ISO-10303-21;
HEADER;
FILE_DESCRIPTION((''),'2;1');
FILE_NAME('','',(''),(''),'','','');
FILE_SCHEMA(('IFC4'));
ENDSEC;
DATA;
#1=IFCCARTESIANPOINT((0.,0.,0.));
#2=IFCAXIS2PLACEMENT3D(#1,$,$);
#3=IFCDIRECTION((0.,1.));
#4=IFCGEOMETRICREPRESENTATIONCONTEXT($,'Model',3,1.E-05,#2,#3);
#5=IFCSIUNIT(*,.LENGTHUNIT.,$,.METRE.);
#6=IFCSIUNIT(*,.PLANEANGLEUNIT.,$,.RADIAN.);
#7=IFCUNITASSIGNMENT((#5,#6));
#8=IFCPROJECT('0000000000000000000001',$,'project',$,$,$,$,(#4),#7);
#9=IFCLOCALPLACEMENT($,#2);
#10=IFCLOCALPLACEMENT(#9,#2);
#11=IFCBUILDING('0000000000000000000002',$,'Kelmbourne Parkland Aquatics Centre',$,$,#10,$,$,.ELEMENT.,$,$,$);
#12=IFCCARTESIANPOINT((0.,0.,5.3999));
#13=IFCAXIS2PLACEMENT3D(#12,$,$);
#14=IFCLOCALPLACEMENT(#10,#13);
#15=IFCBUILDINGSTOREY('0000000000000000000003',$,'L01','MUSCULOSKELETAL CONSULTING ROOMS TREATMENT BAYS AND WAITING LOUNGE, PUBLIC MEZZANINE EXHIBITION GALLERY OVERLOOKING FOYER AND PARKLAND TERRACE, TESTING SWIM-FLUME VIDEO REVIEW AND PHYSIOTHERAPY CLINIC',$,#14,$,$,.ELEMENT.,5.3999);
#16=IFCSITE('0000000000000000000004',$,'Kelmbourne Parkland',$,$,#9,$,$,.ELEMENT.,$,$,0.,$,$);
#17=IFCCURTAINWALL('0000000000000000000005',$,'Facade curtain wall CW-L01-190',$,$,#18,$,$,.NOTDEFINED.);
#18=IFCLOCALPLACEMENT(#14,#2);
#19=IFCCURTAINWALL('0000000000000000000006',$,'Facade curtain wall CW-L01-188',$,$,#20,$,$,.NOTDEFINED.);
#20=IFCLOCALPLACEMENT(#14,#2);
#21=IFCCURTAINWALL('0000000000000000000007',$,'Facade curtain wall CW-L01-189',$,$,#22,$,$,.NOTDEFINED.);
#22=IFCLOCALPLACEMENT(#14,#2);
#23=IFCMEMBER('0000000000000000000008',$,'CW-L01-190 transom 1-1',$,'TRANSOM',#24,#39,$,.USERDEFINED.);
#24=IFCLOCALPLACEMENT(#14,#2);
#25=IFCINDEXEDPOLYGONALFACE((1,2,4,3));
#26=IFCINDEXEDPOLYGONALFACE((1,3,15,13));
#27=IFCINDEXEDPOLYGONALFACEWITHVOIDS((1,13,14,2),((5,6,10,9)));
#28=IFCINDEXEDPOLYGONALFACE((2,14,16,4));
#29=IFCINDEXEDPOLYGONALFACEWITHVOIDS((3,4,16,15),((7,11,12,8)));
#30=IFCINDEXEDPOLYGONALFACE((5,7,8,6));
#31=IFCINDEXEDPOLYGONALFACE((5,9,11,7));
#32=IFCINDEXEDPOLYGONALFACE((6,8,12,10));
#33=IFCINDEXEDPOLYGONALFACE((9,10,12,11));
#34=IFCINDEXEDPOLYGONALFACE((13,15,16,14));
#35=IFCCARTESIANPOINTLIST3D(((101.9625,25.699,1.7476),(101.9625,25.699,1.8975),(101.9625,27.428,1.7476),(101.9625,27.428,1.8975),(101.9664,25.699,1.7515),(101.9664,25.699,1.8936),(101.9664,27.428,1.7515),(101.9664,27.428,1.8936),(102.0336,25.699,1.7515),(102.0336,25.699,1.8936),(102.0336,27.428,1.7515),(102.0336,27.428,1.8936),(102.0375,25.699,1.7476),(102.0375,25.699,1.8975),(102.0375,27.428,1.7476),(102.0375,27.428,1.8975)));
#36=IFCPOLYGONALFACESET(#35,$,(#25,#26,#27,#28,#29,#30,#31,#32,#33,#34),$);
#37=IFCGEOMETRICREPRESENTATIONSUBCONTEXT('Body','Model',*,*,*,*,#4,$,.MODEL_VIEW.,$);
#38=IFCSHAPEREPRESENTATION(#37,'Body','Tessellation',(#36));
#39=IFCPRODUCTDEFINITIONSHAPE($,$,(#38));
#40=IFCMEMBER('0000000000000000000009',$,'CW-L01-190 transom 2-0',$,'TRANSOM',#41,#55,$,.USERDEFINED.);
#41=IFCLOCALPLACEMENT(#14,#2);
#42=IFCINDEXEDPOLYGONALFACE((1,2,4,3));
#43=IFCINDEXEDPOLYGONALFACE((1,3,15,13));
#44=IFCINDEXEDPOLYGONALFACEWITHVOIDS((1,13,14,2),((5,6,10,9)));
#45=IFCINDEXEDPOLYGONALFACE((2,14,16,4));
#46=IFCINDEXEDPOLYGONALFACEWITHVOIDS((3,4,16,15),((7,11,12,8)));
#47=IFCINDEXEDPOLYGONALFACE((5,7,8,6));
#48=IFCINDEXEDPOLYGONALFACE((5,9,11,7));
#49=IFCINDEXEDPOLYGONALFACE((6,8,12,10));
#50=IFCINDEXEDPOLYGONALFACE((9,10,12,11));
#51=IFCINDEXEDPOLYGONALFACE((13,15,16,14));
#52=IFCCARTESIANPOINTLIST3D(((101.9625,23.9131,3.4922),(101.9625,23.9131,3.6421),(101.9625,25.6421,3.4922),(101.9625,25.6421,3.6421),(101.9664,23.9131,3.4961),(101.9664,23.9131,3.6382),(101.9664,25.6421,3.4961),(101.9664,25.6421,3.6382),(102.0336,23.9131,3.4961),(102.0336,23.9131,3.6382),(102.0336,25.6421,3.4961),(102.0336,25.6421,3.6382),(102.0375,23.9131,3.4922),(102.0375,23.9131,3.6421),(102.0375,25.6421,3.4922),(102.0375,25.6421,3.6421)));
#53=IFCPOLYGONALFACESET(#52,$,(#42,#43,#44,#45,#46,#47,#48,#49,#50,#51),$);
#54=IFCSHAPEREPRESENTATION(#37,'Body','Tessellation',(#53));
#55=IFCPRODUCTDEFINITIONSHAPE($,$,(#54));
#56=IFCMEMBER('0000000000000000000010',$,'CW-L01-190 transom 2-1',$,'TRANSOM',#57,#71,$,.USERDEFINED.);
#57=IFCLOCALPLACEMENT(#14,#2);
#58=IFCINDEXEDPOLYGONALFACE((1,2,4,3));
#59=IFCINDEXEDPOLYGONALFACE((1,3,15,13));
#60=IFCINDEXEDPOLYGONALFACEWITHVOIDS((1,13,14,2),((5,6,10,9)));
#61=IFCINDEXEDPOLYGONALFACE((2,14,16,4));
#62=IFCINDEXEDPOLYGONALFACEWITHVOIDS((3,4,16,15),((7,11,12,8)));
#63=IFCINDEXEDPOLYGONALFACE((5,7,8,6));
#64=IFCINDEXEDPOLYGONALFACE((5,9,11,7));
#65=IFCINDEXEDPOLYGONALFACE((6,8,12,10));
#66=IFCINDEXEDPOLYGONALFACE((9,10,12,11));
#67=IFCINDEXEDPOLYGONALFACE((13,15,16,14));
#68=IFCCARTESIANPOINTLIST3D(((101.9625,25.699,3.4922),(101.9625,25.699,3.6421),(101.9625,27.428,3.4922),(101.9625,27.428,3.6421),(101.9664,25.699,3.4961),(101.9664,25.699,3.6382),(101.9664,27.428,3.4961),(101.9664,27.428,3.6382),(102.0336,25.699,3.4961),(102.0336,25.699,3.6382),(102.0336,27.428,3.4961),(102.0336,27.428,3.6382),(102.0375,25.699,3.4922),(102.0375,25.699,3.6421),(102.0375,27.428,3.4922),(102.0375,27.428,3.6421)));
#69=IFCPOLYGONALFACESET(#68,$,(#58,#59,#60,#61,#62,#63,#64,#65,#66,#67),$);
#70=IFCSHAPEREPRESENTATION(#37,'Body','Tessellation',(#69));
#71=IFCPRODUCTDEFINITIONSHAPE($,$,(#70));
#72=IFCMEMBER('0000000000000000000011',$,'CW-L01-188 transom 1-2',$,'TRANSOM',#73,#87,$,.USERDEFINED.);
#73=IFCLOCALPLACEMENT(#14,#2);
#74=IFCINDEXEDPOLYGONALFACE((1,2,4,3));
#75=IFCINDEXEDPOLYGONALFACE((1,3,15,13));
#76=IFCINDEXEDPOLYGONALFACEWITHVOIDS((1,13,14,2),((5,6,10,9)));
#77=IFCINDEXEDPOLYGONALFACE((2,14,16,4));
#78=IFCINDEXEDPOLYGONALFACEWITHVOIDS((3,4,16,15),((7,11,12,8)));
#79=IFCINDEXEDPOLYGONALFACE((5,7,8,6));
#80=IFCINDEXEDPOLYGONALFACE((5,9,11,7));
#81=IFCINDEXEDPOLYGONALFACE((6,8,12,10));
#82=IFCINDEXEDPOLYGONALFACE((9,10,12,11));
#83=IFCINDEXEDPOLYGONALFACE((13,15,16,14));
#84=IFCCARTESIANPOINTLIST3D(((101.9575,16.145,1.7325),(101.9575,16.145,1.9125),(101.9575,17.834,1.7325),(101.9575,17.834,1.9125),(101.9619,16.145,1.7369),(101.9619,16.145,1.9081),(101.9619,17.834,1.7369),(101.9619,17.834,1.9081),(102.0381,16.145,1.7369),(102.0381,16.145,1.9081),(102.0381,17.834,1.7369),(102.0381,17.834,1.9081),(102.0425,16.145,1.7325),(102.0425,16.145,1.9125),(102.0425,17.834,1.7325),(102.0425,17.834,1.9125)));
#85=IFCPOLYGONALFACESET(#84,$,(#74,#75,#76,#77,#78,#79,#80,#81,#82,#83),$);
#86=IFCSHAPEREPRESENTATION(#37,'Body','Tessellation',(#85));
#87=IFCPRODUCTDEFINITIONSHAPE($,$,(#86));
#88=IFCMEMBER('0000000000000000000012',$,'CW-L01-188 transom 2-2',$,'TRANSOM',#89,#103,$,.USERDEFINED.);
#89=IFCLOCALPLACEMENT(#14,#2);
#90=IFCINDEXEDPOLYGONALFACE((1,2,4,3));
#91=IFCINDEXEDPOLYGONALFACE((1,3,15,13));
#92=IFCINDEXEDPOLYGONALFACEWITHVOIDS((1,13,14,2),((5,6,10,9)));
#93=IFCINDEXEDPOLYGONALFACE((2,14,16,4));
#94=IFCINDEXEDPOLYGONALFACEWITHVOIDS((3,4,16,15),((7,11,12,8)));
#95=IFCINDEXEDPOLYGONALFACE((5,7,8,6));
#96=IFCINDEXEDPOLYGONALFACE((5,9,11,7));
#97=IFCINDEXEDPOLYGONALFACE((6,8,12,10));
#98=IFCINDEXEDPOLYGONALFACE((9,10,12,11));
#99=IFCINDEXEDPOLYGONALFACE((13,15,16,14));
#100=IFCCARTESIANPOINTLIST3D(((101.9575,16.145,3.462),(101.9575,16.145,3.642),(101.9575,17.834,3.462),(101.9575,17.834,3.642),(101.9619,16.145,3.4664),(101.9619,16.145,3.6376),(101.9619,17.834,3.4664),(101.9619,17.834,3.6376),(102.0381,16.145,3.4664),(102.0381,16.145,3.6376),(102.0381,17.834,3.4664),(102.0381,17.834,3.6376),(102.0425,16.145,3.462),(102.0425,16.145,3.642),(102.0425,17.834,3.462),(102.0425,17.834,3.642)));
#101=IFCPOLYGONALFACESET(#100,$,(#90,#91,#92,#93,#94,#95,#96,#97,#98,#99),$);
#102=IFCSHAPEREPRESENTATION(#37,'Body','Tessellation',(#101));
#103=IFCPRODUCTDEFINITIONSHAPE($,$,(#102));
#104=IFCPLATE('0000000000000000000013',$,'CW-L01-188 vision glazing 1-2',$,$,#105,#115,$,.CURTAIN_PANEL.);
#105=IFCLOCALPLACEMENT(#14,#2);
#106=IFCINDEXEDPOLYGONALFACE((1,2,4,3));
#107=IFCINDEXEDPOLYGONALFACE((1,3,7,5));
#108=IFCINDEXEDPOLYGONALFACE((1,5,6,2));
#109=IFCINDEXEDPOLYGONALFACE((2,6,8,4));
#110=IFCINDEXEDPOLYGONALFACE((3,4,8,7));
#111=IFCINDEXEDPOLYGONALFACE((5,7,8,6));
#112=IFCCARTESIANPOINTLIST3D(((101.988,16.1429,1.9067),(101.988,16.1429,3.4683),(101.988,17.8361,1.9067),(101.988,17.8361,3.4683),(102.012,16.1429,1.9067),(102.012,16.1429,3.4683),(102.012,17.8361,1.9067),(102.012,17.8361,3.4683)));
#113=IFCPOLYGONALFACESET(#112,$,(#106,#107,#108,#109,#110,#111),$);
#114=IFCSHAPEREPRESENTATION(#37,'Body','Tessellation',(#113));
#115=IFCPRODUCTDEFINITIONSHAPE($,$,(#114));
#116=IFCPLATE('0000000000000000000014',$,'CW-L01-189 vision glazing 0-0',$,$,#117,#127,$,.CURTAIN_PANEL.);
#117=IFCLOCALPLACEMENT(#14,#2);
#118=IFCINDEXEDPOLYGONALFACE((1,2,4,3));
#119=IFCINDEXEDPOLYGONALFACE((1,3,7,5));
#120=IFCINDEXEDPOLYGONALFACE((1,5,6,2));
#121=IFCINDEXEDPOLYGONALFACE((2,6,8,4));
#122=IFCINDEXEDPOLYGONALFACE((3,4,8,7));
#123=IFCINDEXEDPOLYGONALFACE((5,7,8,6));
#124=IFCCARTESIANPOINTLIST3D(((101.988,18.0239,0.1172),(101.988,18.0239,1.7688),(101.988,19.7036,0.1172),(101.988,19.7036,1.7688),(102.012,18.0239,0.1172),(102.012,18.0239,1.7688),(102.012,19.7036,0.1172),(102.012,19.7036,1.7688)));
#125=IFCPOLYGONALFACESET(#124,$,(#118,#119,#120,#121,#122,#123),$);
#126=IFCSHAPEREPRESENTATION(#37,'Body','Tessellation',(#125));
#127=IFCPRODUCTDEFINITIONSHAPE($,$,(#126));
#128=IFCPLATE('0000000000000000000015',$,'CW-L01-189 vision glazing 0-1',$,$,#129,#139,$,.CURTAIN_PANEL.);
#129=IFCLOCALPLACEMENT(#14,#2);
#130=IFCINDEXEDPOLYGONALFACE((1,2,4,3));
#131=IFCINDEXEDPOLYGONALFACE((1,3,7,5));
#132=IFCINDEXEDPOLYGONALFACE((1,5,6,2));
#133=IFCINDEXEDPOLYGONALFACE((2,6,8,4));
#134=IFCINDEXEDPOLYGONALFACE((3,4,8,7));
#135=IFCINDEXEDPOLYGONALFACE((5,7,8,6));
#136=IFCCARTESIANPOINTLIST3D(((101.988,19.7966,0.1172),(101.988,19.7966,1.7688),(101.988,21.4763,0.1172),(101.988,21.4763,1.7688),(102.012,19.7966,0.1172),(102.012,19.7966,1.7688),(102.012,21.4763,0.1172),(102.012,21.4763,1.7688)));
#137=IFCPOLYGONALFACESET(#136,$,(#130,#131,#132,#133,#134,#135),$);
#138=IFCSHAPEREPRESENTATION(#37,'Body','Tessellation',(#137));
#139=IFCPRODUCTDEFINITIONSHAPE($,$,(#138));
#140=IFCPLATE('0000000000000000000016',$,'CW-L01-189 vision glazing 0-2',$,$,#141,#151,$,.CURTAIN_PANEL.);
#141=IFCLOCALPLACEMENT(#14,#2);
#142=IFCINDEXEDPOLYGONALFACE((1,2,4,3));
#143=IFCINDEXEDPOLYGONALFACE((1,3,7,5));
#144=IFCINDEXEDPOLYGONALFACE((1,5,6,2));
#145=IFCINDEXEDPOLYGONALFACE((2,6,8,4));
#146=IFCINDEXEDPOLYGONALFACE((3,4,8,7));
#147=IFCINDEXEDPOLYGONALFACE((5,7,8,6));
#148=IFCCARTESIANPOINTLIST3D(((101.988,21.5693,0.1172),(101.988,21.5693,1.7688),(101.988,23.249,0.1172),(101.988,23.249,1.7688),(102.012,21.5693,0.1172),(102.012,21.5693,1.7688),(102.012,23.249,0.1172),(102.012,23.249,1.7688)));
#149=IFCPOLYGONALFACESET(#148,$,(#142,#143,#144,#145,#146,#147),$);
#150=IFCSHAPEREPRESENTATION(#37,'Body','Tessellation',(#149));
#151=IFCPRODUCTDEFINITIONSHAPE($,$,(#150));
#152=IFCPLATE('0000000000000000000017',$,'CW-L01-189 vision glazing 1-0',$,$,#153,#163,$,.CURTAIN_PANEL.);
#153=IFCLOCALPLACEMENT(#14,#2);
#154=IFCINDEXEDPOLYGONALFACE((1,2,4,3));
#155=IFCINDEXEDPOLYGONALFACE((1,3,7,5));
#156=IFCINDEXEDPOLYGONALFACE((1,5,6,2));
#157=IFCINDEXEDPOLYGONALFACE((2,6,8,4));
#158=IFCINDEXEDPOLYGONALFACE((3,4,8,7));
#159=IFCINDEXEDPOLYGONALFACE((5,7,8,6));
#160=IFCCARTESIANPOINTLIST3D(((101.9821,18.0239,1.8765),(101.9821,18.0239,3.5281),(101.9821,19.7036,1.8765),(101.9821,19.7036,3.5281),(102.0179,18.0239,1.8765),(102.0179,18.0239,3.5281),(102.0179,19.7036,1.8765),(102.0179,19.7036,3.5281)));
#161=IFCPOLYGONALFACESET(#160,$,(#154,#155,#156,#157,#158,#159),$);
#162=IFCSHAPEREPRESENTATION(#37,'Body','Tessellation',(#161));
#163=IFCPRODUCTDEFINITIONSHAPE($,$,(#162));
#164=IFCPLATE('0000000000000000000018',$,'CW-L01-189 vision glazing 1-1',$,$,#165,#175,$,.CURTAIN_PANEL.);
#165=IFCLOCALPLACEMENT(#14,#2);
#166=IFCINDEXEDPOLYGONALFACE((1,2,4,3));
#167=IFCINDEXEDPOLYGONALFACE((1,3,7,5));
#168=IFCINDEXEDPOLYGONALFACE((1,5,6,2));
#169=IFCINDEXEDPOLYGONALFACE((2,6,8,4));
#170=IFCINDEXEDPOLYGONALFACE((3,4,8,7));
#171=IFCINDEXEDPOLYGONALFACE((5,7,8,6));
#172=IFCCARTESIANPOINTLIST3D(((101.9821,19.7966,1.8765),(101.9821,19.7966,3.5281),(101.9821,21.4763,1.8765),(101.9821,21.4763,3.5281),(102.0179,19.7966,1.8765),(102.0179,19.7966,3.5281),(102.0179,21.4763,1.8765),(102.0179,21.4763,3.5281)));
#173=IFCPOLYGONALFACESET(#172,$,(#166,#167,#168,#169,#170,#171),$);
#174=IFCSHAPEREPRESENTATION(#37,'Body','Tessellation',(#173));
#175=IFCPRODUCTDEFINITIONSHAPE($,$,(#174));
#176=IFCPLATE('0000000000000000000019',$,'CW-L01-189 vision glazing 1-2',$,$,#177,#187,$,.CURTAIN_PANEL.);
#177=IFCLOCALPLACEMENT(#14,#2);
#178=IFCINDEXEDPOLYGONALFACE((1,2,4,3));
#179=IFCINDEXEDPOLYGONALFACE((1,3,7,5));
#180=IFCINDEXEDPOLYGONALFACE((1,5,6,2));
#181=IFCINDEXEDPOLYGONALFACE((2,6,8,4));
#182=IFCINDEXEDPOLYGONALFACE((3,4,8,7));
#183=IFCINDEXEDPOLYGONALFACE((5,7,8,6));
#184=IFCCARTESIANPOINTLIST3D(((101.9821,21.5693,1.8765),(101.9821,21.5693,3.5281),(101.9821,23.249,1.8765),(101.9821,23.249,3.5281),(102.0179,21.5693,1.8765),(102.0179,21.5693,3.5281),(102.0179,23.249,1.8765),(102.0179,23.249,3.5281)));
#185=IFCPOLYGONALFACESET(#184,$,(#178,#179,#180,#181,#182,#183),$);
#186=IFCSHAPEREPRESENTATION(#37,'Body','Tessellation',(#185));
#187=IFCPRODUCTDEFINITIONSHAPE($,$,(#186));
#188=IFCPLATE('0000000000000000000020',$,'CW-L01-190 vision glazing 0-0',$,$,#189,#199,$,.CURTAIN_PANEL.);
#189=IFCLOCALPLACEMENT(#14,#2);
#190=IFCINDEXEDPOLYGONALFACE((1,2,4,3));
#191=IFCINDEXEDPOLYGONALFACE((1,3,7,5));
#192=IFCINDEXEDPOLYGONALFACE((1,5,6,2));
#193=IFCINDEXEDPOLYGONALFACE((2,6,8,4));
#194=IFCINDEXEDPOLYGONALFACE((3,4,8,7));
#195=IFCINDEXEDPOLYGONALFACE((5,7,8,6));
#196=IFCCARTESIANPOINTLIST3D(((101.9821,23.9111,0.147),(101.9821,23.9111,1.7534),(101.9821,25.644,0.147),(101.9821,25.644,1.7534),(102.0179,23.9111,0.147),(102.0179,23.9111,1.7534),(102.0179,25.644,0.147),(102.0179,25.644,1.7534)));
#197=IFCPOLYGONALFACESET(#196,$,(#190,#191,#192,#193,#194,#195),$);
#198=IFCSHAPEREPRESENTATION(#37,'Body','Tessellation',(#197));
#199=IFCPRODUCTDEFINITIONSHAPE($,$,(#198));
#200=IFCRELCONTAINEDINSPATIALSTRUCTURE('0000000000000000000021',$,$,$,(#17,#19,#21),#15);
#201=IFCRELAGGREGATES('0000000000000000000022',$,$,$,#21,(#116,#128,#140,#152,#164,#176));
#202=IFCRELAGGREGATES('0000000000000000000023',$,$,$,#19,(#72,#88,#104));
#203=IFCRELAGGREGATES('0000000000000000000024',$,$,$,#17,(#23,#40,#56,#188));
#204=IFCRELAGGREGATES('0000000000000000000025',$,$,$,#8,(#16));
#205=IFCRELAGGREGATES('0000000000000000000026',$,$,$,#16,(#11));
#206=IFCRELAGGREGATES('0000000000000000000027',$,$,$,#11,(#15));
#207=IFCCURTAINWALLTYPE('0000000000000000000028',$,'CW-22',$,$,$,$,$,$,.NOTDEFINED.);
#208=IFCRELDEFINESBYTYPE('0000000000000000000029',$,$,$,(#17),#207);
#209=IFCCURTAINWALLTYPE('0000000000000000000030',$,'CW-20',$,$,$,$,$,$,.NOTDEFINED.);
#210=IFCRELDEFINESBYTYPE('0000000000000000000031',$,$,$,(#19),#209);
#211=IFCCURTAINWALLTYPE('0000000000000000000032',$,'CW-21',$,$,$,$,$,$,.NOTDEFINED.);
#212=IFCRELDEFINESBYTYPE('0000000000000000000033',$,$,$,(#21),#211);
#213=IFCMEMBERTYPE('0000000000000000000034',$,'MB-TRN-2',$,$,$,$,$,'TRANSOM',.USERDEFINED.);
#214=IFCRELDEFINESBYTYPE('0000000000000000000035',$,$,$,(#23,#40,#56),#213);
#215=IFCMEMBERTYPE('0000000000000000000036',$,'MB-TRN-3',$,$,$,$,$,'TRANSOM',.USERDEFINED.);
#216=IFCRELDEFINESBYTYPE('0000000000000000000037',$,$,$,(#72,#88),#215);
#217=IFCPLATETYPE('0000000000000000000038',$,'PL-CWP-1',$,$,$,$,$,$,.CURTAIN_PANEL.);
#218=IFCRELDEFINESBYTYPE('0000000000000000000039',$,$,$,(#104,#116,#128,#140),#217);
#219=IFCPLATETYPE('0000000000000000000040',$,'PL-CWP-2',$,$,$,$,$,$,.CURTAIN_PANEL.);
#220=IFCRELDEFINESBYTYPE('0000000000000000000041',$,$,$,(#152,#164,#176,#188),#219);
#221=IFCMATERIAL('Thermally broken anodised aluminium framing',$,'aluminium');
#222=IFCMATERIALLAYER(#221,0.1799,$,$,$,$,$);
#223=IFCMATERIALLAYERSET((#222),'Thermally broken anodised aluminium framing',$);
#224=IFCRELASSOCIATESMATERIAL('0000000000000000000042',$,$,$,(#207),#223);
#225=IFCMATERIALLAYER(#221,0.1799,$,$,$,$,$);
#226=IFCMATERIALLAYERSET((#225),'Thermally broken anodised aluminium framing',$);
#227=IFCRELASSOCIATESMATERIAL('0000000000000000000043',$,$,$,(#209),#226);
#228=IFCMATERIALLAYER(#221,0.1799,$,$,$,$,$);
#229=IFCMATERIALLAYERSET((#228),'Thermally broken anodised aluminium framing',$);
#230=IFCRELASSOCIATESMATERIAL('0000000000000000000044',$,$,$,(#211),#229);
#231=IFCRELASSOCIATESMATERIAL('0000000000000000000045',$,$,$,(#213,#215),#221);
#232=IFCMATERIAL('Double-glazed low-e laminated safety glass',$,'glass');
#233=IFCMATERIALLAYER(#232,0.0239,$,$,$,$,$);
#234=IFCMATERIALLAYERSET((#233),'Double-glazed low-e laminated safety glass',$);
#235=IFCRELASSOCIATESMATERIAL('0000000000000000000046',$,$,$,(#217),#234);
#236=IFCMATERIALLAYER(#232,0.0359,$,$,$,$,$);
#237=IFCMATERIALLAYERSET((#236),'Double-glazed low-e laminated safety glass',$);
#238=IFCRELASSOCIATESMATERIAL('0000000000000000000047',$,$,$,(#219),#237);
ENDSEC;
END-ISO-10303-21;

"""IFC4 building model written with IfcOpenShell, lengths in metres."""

from ifc_helpers import new_model, si_unit, direction, frame, origin, origin_2d, place, context, subcontext, project, spatial, rectangle, hollow_rectangle, extrude, material, layer, layer_set, material_profile, profile_set, type_object, element, aggregate, save


model = new_model("IFC4")

# Units and contexts
model_context = context("Model", 3, precision=1e-05, world=origin(), true_north=direction((0.0, 1.0)))
body_context = subcontext(model_context, "Body", "Model", "MODEL_VIEW")
ifc_project = project(units=[si_unit("LENGTHUNIT", "METRE"), si_unit("PLANEANGLEUNIT", "RADIAN")], contexts=[model_context])

# Site, building, storey
site_placement = place(None, origin())
site = spatial("IfcSite", under=ifc_project, at=site_placement, Name="Kelmbourne Parkland", CompositionType="ELEMENT", RefElevation=0.0)
building_placement = place(site_placement, origin())
building = spatial("IfcBuilding", under=site, at=building_placement, Name="Kelmbourne Parkland Aquatics Centre", CompositionType="ELEMENT")
storey_placement = place(building_placement, frame((0.0, 0.0, 5.3999)))
storey = spatial("IfcBuildingStorey", under=building, at=storey_placement, Name="L01", Description="MUSCULOSKELETAL CONSULTING ROOMS TREATMENT BAYS AND WAITING LOUNGE, PUBLIC MEZZANINE EXHIBITION GALLERY OVERLOOKING FOYER AND PARKLAND TERRACE, TESTING SWIM-FLUME VIDEO REVIEW AND PHYSIOTHERAPY CLINIC", CompositionType="ELEMENT", Elevation=5.3999)

# Curtain wall
ifc_material_1 = material(Name="Thermally broken anodised aluminium framing", Category="aluminium")
ifc_layer_1 = layer(ifc_material_1, 0.1799)
ifc_layer_set_1 = layer_set([ifc_layer_1], Name="Thermally broken anodised aluminium framing")
curtain_wall_type_1 = type_object("IfcCurtainWallType", Name="CW-22", PredefinedType="NOTDEFINED", material=ifc_layer_set_1)
curtain_wall_1_placement = place(storey_placement, origin())
curtain_wall_1 = element("IfcCurtainWall", 1, at=curtain_wall_1_placement, inside=storey, type_object=curtain_wall_type_1, Name="Facade curtain wall CW-L01-190", PredefinedType="NOTDEFINED")

# Curtain wall
ifc_layer_2 = layer(ifc_material_1, 0.1799)
ifc_layer_set_2 = layer_set([ifc_layer_2], Name="Thermally broken anodised aluminium framing")
curtain_wall_type_2 = type_object("IfcCurtainWallType", Name="CW-20", PredefinedType="NOTDEFINED", material=ifc_layer_set_2)
curtain_wall_2_placement = place(storey_placement, origin())
curtain_wall_2 = element("IfcCurtainWall", 2, at=curtain_wall_2_placement, inside=storey, type_object=curtain_wall_type_2, Name="Facade curtain wall CW-L01-188", PredefinedType="NOTDEFINED")

# Curtain wall
ifc_layer_3 = layer(ifc_material_1, 0.1799)
ifc_layer_set_3 = layer_set([ifc_layer_3], Name="Thermally broken anodised aluminium framing")
curtain_wall_type_3 = type_object("IfcCurtainWallType", Name="CW-21", PredefinedType="NOTDEFINED", material=ifc_layer_set_3)
curtain_wall_3_placement = place(storey_placement, origin())
curtain_wall_3 = element("IfcCurtainWall", 3, at=curtain_wall_3_placement, inside=storey, type_object=curtain_wall_type_3, Name="Facade curtain wall CW-L01-189", PredefinedType="NOTDEFINED")

# Members
ifc_material_profile_1 = material_profile(ifc_material_1, hollow_rectangle(XDim=0.075, YDim=0.1499, WallThickness=0.0039, at=origin_2d()), Name="CW-T 75x150")
ifc_profile_set_1 = profile_set([ifc_material_profile_1], Name="Thermally broken anodised aluminium framing")
member_type_1 = type_object("IfcMemberType", Name="MB-TRN-2", ElementType="TRANSOM", PredefinedType="USERDEFINED", material=ifc_profile_set_1)
member_1_placement = place(storey_placement, frame((102.0, 25.699, 1.8225), z_axis=(0.0, 1.0, 0.0), x_axis=(-1.0, 0.0, 0.0)))
member_1 = element("IfcMember", 4, at=member_1_placement, type_object=member_type_1, Name="CW-L01-190 transom 1-1", ObjectType="TRANSOM", PredefinedType="USERDEFINED", context=body_context, shape_type="SweptSolid", body=[
    extrude(hollow_rectangle(XDim=0.075, YDim=0.1499, WallThickness=0.0039, at=origin_2d()), origin(), (0.0, 0.0, 1.0), 1.729),
])
member_2_placement = place(storey_placement, frame((102.0, 23.9131, 3.5671), z_axis=(0.0, 1.0, 0.0), x_axis=(-1.0, 0.0, 0.0)))
member_2 = element("IfcMember", 5, at=member_2_placement, type_object=member_type_1, Name="CW-L01-190 transom 2-0", ObjectType="TRANSOM", PredefinedType="USERDEFINED", context=body_context, shape_type="SweptSolid", body=[
    extrude(hollow_rectangle(XDim=0.075, YDim=0.1499, WallThickness=0.0039, at=origin_2d()), origin(), (0.0, 0.0, 1.0), 1.729),
])
member_3_placement = place(storey_placement, frame((102.0, 25.699, 3.5671), z_axis=(0.0, 1.0, 0.0), x_axis=(-1.0, 0.0, 0.0)))
member_3 = element("IfcMember", 6, at=member_3_placement, type_object=member_type_1, Name="CW-L01-190 transom 2-1", ObjectType="TRANSOM", PredefinedType="USERDEFINED", context=body_context, shape_type="SweptSolid", body=[
    extrude(hollow_rectangle(XDim=0.075, YDim=0.1499, WallThickness=0.0039, at=origin_2d()), origin(), (0.0, 0.0, 1.0), 1.729),
])
ifc_material_profile_2 = material_profile(ifc_material_1, hollow_rectangle(XDim=0.085, YDim=0.1799, WallThickness=0.0044, at=origin_2d()), Name="CW-T 85x180")
ifc_profile_set_2 = profile_set([ifc_material_profile_2], Name="Thermally broken anodised aluminium framing")
member_type_2 = type_object("IfcMemberType", Name="MB-TRN-3", ElementType="TRANSOM", PredefinedType="USERDEFINED", material=ifc_profile_set_2)
member_4_placement = place(storey_placement, frame((102.0, 16.145, 1.8225), z_axis=(0.0, 1.0, 0.0), x_axis=(-1.0, 0.0, 0.0)))
member_4 = element("IfcMember", 7, at=member_4_placement, type_object=member_type_2, Name="CW-L01-188 transom 1-2", ObjectType="TRANSOM", PredefinedType="USERDEFINED", context=body_context, shape_type="SweptSolid", body=[
    extrude(hollow_rectangle(XDim=0.085, YDim=0.1799, WallThickness=0.0044, at=origin_2d()), origin(), (0.0, 0.0, 1.0), 1.689),
])
member_5_placement = place(storey_placement, frame((102.0, 16.145, 3.552), z_axis=(0.0, 1.0, 0.0), x_axis=(-1.0, 0.0, 0.0)))
member_5 = element("IfcMember", 8, at=member_5_placement, type_object=member_type_2, Name="CW-L01-188 transom 2-2", ObjectType="TRANSOM", PredefinedType="USERDEFINED", context=body_context, shape_type="SweptSolid", body=[
    extrude(hollow_rectangle(XDim=0.085, YDim=0.1799, WallThickness=0.0044, at=origin_2d()), origin(), (0.0, 0.0, 1.0), 1.689),
])

# Plates
ifc_material_2 = material(Name="Double-glazed low-e laminated safety glass", Category="glass")
ifc_layer_4 = layer(ifc_material_2, 0.0239)
ifc_layer_set_4 = layer_set([ifc_layer_4], Name="Double-glazed low-e laminated safety glass")
plate_type_1 = type_object("IfcPlateType", Name="PL-CWP-1", PredefinedType="CURTAIN_PANEL", material=ifc_layer_set_4)
plate_1_placement = place(storey_placement, frame((102.0, 16.9895, 1.9067), z_axis=(0.0, 0.0, 1.0), x_axis=(0.0, 1.0, 0.0)))
plate_1 = element("IfcPlate", 9, at=plate_1_placement, type_object=plate_type_1, Name="CW-L01-188 vision glazing 1-2", PredefinedType="CURTAIN_PANEL", context=body_context, shape_type="SweptSolid", body=[
    extrude(rectangle(XDim=1.6931, YDim=0.0239, at=origin_2d()), origin(), (0.0, 0.0, 1.0), 1.5615),
])
plate_2_placement = place(storey_placement, frame((102.0, 18.8638, 0.1172), z_axis=(0.0, 0.0, 1.0), x_axis=(0.0, 1.0, 0.0)))
plate_2 = element("IfcPlate", 10, at=plate_2_placement, type_object=plate_type_1, Name="CW-L01-189 vision glazing 0-0", PredefinedType="CURTAIN_PANEL", context=body_context, shape_type="SweptSolid", body=[
    extrude(rectangle(XDim=1.6797, YDim=0.0239, at=origin_2d()), origin(), (0.0, 0.0, 1.0), 1.6516),
])
plate_3_placement = place(storey_placement, frame((102.0, 20.6365, 0.1172), z_axis=(0.0, 0.0, 1.0), x_axis=(0.0, 1.0, 0.0)))
plate_3 = element("IfcPlate", 11, at=plate_3_placement, type_object=plate_type_1, Name="CW-L01-189 vision glazing 0-1", PredefinedType="CURTAIN_PANEL", context=body_context, shape_type="SweptSolid", body=[
    extrude(rectangle(XDim=1.6797, YDim=0.0239, at=origin_2d()), origin(), (0.0, 0.0, 1.0), 1.6516),
])
plate_4_placement = place(storey_placement, frame((102.0, 22.4092, 0.1172), z_axis=(0.0, 0.0, 1.0), x_axis=(0.0, 1.0, 0.0)))
plate_4 = element("IfcPlate", 12, at=plate_4_placement, type_object=plate_type_1, Name="CW-L01-189 vision glazing 0-2", PredefinedType="CURTAIN_PANEL", context=body_context, shape_type="SweptSolid", body=[
    extrude(rectangle(XDim=1.6797, YDim=0.0239, at=origin_2d()), origin(), (0.0, 0.0, 1.0), 1.6516),
])
ifc_layer_5 = layer(ifc_material_2, 0.0359)
ifc_layer_set_5 = layer_set([ifc_layer_5], Name="Double-glazed low-e laminated safety glass")
plate_type_2 = type_object("IfcPlateType", Name="PL-CWP-2", PredefinedType="CURTAIN_PANEL", material=ifc_layer_set_5)
plate_5_placement = place(storey_placement, frame((102.0, 18.8638, 1.8765), z_axis=(0.0, 0.0, 1.0), x_axis=(0.0, 1.0, 0.0)))
plate_5 = element("IfcPlate", 13, at=plate_5_placement, type_object=plate_type_2, Name="CW-L01-189 vision glazing 1-0", PredefinedType="CURTAIN_PANEL", context=body_context, shape_type="SweptSolid", body=[
    extrude(rectangle(XDim=1.6797, YDim=0.0359, at=origin_2d()), origin(), (0.0, 0.0, 1.0), 1.6516),
])
plate_6_placement = place(storey_placement, frame((102.0, 20.6365, 1.8765), z_axis=(0.0, 0.0, 1.0), x_axis=(0.0, 1.0, 0.0)))
plate_6 = element("IfcPlate", 14, at=plate_6_placement, type_object=plate_type_2, Name="CW-L01-189 vision glazing 1-1", PredefinedType="CURTAIN_PANEL", context=body_context, shape_type="SweptSolid", body=[
    extrude(rectangle(XDim=1.6797, YDim=0.0359, at=origin_2d()), origin(), (0.0, 0.0, 1.0), 1.6516),
])
plate_7_placement = place(storey_placement, frame((102.0, 22.4092, 1.8765), z_axis=(0.0, 0.0, 1.0), x_axis=(0.0, 1.0, 0.0)))
plate_7 = element("IfcPlate", 15, at=plate_7_placement, type_object=plate_type_2, Name="CW-L01-189 vision glazing 1-2", PredefinedType="CURTAIN_PANEL", context=body_context, shape_type="SweptSolid", body=[
    extrude(rectangle(XDim=1.6797, YDim=0.0359, at=origin_2d()), origin(), (0.0, 0.0, 1.0), 1.6516),
])
aggregate(curtain_wall_3, [plate_2, plate_3, plate_4, plate_5, plate_6, plate_7])
plate_8_placement = place(storey_placement, frame((102.0, 24.7776, 0.147), z_axis=(0.0, 0.0, 1.0), x_axis=(0.0, 1.0, 0.0)))
plate_8 = element("IfcPlate", 16, at=plate_8_placement, type_object=plate_type_2, Name="CW-L01-190 vision glazing 0-0", PredefinedType="CURTAIN_PANEL", context=body_context, shape_type="SweptSolid", body=[
    extrude(rectangle(XDim=1.7329, YDim=0.0359, at=origin_2d()), origin(), (0.0, 0.0, 1.0), 1.6064),
])
aggregate(curtain_wall_2, [member_4, member_5, plate_1])
aggregate(curtain_wall_1, [member_1, member_2, member_3, plate_8])

save(model, "model.ifc")
